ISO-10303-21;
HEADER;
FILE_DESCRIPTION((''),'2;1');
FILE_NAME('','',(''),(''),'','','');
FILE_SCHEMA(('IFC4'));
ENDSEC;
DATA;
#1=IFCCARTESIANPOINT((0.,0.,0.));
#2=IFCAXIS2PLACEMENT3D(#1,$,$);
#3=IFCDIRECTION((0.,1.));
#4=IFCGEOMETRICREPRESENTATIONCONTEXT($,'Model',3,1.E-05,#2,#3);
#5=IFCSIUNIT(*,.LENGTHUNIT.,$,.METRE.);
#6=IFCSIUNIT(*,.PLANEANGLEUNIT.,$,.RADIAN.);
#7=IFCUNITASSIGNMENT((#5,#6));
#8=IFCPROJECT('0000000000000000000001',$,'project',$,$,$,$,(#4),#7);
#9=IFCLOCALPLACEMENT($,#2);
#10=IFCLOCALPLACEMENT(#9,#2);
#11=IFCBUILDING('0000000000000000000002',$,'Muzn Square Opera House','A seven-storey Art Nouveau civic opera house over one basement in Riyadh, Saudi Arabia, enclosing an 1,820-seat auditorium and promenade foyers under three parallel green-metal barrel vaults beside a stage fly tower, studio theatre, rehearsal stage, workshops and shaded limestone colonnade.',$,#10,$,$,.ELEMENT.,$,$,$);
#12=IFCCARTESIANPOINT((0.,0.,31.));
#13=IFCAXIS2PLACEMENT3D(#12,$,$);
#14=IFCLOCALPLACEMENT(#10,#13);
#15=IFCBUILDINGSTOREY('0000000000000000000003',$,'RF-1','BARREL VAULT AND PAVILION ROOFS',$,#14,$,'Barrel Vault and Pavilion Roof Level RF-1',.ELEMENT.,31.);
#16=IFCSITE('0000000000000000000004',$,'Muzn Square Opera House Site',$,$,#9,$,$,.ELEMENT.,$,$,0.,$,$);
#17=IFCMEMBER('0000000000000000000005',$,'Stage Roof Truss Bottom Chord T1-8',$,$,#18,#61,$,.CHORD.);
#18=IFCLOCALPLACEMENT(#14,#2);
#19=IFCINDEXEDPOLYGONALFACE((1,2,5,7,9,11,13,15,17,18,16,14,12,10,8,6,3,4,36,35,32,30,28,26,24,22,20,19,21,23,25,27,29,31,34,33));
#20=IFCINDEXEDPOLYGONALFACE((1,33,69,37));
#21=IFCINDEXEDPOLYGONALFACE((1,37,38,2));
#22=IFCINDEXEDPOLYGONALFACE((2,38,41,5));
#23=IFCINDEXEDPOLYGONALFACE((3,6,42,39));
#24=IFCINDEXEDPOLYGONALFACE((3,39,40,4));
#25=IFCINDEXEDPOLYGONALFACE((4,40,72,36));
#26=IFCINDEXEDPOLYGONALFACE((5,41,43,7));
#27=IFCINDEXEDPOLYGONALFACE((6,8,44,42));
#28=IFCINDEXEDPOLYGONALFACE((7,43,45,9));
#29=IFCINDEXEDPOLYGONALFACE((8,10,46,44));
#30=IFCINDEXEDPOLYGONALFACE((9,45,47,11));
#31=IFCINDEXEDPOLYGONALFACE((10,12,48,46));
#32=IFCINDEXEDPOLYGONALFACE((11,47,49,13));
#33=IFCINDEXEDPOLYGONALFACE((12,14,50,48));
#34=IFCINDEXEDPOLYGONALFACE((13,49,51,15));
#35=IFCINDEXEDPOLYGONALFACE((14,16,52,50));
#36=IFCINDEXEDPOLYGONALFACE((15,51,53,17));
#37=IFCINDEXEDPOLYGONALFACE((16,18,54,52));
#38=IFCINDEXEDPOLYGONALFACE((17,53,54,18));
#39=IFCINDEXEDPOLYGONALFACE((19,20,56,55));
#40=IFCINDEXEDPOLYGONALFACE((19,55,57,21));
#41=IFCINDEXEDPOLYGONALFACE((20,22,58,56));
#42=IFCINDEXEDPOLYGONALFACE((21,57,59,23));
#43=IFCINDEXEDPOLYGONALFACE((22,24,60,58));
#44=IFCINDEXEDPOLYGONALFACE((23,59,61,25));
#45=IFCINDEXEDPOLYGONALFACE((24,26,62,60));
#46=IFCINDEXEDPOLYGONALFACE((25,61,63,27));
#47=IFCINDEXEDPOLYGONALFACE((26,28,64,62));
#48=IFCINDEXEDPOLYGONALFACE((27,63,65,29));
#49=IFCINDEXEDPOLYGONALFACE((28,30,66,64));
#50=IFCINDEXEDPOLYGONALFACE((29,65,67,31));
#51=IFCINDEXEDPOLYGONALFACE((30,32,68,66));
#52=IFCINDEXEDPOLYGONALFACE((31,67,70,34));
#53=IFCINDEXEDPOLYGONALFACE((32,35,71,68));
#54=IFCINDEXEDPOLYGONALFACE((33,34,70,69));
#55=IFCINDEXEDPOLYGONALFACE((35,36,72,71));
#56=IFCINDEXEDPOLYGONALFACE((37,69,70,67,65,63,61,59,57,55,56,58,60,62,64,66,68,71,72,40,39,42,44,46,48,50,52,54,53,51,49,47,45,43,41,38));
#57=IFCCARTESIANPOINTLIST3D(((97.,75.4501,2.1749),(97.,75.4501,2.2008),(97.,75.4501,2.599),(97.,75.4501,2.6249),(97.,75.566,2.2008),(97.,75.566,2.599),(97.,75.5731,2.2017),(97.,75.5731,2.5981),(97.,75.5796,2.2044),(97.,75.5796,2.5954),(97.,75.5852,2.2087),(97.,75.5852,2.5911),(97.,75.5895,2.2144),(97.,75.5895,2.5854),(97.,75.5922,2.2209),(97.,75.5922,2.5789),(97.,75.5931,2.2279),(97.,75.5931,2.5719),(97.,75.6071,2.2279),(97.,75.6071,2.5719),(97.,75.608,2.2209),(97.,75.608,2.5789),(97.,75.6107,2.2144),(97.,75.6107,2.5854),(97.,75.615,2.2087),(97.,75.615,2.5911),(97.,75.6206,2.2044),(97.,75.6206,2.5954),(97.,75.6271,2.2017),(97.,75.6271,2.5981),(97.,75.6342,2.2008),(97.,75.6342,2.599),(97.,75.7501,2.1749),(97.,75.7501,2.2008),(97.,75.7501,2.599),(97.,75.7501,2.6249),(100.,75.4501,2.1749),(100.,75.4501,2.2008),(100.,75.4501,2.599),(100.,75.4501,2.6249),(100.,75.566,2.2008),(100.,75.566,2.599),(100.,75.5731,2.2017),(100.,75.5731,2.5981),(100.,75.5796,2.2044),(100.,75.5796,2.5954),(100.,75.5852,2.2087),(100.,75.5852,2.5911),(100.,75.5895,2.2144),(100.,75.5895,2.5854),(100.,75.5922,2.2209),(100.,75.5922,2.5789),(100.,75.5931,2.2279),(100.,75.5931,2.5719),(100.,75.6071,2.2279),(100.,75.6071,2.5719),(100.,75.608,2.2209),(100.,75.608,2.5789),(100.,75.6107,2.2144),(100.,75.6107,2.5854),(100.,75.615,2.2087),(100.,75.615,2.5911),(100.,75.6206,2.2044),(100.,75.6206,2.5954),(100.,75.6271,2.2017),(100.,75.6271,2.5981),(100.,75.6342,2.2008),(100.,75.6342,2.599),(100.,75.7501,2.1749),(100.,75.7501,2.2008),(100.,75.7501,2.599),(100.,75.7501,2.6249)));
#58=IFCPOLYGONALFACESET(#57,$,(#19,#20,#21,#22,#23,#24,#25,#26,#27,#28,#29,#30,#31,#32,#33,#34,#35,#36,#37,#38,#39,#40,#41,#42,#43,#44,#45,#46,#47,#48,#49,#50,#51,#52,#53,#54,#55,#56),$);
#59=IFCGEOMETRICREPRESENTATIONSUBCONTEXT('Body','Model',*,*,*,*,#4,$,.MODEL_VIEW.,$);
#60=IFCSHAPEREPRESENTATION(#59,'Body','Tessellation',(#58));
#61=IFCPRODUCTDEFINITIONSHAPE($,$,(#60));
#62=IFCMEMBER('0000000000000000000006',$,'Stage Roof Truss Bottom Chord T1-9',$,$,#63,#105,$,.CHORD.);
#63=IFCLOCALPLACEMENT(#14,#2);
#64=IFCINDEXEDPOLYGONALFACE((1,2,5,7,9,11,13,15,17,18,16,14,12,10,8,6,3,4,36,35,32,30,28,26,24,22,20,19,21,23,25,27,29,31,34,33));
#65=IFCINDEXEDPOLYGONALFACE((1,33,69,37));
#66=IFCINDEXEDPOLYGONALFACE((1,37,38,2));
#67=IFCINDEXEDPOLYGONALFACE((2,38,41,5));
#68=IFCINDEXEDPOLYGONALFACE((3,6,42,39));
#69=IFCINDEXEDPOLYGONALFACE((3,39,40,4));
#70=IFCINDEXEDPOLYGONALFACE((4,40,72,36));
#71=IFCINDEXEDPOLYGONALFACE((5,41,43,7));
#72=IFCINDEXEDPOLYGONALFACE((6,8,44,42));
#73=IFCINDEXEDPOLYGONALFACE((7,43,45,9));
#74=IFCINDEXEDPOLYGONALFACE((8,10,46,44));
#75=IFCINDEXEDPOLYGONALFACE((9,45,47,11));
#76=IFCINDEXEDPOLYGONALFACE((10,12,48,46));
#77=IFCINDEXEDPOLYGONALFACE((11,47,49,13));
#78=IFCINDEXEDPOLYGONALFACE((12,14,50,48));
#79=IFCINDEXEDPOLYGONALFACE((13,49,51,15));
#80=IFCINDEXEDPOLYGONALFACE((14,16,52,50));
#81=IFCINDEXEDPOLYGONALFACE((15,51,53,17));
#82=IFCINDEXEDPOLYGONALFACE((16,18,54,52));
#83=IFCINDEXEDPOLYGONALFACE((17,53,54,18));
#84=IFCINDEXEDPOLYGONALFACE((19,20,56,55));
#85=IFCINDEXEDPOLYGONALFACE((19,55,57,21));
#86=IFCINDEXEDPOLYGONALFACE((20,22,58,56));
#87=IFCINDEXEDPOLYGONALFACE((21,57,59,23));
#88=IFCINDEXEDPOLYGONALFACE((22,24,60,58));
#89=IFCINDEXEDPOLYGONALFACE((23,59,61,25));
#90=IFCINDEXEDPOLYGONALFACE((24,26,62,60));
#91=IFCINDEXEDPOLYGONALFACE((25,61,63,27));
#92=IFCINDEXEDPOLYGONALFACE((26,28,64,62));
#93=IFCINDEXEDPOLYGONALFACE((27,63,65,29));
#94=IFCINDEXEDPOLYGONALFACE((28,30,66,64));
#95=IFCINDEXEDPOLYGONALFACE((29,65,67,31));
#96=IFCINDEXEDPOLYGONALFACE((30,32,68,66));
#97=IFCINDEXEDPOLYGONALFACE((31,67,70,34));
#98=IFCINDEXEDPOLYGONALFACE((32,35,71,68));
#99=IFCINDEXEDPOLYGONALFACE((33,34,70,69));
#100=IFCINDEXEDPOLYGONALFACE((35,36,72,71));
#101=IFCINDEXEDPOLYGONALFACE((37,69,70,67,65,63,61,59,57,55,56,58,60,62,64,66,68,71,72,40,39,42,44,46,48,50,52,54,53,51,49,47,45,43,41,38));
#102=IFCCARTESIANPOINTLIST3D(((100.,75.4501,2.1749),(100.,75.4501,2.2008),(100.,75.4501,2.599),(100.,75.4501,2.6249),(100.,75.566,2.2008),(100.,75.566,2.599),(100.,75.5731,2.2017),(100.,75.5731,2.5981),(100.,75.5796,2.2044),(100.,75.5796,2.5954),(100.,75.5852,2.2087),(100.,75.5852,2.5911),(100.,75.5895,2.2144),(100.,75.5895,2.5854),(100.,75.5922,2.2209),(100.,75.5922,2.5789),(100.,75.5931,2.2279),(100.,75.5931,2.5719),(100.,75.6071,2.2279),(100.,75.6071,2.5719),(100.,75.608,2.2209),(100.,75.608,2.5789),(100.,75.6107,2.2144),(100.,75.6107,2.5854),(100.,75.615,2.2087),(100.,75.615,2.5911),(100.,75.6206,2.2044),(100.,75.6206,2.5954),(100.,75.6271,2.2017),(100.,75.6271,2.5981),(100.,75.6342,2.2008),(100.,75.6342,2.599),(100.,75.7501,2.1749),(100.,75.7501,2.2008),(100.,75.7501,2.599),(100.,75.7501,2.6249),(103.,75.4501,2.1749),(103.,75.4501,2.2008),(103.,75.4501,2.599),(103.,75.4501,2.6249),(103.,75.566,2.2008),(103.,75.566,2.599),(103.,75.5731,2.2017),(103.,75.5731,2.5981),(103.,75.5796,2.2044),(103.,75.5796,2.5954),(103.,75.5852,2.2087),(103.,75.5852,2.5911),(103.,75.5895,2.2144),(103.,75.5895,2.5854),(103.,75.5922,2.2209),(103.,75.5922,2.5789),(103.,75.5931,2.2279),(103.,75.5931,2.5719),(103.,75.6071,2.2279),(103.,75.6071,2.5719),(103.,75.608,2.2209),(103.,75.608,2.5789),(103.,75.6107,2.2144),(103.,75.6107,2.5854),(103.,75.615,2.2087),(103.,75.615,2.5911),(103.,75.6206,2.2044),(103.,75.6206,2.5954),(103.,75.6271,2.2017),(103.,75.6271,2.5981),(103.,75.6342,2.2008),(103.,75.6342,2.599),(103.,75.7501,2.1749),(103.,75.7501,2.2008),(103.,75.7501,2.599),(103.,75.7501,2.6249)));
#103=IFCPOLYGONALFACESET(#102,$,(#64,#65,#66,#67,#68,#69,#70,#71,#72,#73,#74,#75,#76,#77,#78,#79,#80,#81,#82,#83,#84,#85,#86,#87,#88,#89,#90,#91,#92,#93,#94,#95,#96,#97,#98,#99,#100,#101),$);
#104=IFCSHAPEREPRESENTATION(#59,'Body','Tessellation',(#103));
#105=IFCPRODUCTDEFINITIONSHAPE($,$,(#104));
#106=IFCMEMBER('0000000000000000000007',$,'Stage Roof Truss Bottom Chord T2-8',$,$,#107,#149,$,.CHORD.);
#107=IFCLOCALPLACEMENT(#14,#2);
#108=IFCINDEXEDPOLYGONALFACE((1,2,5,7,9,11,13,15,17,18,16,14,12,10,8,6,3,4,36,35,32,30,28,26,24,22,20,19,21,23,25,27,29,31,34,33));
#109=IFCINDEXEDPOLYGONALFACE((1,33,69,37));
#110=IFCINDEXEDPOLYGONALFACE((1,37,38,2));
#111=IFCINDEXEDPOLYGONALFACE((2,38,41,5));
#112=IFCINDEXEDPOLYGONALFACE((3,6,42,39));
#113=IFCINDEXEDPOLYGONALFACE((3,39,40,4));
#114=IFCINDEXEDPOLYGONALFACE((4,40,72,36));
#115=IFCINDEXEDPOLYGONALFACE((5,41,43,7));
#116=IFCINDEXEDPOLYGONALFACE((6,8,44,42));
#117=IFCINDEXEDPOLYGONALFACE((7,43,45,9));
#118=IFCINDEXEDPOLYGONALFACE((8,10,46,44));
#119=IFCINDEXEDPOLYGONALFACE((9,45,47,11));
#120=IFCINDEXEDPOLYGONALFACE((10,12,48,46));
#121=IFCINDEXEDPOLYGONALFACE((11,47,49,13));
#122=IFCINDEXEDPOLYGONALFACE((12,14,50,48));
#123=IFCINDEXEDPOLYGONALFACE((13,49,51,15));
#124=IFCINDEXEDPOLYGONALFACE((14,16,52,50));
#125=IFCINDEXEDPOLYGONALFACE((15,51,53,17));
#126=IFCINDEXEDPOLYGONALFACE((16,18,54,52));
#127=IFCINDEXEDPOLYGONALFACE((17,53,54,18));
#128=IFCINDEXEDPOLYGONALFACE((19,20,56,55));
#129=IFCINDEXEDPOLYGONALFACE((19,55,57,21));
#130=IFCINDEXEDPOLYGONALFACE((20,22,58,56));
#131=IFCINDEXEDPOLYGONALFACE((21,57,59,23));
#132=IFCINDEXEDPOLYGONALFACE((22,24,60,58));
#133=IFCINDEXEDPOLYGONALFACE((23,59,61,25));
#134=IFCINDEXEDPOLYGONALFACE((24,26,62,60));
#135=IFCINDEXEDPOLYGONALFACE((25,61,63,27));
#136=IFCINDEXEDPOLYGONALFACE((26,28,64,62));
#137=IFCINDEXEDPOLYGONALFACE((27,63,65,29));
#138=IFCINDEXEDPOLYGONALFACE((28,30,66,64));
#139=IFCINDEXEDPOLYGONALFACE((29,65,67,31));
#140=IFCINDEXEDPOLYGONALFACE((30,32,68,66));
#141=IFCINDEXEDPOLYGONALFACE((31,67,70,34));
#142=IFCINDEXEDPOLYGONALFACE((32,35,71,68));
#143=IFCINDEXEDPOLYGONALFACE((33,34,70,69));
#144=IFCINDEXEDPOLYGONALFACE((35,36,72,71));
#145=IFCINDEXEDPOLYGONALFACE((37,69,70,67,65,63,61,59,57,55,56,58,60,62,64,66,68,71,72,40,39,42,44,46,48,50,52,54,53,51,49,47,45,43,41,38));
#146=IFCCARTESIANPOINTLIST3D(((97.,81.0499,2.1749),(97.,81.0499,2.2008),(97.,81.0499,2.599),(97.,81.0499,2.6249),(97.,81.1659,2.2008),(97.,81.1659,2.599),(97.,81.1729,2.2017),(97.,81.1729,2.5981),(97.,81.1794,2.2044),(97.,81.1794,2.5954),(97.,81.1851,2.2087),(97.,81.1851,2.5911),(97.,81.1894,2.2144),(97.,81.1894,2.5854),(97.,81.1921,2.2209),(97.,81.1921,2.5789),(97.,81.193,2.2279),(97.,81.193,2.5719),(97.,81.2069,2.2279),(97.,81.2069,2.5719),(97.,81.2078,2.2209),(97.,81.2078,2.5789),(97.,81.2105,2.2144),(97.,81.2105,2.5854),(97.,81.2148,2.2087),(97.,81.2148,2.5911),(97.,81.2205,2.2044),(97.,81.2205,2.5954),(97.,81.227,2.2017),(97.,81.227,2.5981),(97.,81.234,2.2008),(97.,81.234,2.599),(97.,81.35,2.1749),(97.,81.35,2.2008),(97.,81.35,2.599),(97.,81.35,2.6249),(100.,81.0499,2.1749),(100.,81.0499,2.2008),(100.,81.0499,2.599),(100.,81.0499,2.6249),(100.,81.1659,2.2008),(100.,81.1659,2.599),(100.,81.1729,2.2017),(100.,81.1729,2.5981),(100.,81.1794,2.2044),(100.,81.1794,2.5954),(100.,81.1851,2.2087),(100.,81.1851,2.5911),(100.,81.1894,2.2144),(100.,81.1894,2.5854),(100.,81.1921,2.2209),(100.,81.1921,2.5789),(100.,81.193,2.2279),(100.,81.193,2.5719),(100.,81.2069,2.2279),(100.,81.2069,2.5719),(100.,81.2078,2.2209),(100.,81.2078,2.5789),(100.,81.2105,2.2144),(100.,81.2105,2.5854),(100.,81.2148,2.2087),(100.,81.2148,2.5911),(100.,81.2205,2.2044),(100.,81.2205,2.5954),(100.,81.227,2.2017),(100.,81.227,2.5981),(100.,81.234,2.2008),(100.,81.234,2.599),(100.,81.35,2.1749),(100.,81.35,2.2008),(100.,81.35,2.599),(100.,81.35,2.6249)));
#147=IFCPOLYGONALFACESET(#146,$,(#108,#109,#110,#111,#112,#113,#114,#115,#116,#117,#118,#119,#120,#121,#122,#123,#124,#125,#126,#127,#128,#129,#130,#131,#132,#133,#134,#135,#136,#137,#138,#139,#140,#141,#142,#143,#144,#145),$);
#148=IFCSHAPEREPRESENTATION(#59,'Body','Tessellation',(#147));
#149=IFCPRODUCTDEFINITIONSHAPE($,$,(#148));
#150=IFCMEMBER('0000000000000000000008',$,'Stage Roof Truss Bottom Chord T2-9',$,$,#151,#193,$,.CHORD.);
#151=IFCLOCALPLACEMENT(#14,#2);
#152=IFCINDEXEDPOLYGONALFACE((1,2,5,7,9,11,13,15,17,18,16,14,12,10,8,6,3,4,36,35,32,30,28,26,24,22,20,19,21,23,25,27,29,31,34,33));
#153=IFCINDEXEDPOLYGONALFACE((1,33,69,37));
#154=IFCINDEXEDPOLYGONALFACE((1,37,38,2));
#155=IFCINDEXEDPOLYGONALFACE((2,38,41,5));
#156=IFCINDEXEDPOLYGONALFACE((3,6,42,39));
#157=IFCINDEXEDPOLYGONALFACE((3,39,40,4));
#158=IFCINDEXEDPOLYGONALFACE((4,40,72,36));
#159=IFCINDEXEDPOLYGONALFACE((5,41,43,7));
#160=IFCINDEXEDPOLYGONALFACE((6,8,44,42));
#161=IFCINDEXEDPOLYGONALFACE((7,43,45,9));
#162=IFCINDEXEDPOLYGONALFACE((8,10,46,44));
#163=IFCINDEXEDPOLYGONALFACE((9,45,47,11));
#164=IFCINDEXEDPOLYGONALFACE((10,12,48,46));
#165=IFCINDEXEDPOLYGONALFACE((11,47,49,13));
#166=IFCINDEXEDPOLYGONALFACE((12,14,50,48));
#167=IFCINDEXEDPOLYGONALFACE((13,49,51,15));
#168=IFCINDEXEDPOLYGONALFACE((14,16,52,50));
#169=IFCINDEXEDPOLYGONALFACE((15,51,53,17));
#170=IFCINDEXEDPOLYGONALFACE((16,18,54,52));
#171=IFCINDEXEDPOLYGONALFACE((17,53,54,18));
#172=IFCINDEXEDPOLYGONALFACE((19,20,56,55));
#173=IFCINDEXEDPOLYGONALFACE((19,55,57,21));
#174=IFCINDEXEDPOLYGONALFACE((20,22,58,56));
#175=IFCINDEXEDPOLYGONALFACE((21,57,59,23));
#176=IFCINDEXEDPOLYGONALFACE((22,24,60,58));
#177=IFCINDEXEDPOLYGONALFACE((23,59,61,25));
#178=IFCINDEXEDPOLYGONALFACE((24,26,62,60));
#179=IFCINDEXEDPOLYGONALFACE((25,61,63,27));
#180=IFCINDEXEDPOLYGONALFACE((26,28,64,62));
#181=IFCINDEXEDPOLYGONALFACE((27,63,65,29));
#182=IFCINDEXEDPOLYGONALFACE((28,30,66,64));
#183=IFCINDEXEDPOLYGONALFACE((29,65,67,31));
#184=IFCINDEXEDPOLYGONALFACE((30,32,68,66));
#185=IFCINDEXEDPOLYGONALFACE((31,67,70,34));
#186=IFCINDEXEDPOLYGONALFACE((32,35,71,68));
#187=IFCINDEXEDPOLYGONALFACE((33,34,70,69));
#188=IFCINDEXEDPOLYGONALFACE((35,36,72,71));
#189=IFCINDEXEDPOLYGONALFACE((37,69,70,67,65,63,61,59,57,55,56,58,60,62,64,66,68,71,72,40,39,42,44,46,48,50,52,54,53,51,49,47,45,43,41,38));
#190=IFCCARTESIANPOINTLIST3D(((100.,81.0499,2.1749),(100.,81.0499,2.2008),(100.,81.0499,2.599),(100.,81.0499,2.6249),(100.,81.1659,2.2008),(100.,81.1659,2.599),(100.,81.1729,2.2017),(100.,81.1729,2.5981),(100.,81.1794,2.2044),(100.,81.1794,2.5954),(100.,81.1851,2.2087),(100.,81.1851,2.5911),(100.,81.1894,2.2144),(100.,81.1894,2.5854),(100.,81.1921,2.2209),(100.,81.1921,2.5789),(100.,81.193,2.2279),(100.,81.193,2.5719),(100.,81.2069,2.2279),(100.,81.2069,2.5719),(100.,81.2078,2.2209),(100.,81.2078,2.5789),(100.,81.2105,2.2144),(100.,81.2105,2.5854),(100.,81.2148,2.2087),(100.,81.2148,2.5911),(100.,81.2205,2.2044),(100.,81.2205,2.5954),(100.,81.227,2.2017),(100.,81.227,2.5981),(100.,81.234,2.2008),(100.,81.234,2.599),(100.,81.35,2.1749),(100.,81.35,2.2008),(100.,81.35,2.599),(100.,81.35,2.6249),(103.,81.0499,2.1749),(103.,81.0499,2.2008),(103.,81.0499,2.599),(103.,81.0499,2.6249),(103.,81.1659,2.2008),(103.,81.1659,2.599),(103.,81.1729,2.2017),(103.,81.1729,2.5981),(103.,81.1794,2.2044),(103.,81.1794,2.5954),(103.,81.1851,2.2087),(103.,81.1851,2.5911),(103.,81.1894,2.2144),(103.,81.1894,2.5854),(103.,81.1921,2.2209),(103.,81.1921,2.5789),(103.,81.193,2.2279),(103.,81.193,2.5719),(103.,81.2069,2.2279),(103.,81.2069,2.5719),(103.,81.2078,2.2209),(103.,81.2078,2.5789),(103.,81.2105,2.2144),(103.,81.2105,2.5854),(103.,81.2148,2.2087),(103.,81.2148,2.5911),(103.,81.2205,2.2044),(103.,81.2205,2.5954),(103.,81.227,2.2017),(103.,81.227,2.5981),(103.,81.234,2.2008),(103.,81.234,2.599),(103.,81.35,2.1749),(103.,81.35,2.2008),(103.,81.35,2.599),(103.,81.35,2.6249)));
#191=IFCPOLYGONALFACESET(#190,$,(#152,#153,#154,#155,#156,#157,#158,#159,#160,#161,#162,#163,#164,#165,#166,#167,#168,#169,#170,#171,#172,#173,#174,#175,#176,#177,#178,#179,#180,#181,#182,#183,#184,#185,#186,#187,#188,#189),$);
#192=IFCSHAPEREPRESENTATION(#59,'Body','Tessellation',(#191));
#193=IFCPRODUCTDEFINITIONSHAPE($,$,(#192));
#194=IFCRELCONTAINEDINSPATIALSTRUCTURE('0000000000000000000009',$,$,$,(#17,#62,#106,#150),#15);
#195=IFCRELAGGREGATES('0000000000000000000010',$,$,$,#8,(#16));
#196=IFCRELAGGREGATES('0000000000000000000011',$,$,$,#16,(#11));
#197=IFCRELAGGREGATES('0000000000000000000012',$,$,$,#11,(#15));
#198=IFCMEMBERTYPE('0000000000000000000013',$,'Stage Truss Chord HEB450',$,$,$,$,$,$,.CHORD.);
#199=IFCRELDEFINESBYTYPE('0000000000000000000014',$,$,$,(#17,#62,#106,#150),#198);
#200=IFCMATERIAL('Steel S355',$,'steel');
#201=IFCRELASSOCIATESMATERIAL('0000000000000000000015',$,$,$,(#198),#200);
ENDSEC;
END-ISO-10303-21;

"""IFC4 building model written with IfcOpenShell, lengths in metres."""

from ifc_helpers import new_model, si_unit, direction, frame, origin, origin_2d, place, context, subcontext, project, spatial, i_section, extrude, material, material_profile, profile_set, type_object, element, save


model = new_model("IFC4")

# Units and contexts
model_context = context("Model", 3, precision=1e-05, world=origin(), true_north=direction((0.0, 1.0)))
body_context = subcontext(model_context, "Body", "Model", "MODEL_VIEW")
ifc_project = project(units=[si_unit("LENGTHUNIT", "METRE"), si_unit("PLANEANGLEUNIT", "RADIAN")], contexts=[model_context])

# Site, building, storey
site_placement = place(None, origin())
site = spatial("IfcSite", under=ifc_project, at=site_placement, Name="Muzn Square Opera House Site", CompositionType="ELEMENT", RefElevation=0.0)
building_placement = place(site_placement, origin())
building = spatial("IfcBuilding", under=site, at=building_placement, Name="Muzn Square Opera House", Description="A seven-storey Art Nouveau civic opera house over one basement in Riyadh, Saudi Arabia, enclosing an 1,820-seat auditorium and promenade foyers under three parallel green-metal barrel vaults beside a stage fly tower, studio theatre, rehearsal stage, workshops and shaded limestone colonnade.", CompositionType="ELEMENT")
storey_placement = place(building_placement, frame((0.0, 0.0, 31.0)))
storey = spatial("IfcBuildingStorey", under=building, at=storey_placement, Name="RF-1", Description="BARREL VAULT AND PAVILION ROOFS", LongName="Barrel Vault and Pavilion Roof Level RF-1", CompositionType="ELEMENT", Elevation=31.0)

# Shared definitions
ifc_material_1 = material(Name="Steel S355", Category="steel")

# Members
ifc_material_profile_1 = material_profile(ifc_material_1, i_section(OverallWidth=0.3, OverallDepth=0.45, WebThickness=0.0139, FlangeThickness=0.0259, FilletRadius=0.0271, at=origin_2d()), Name="HEB 450", Category="steel")
ifc_profile_set_1 = profile_set([ifc_material_profile_1], Name="Steel S355")
member_type = type_object("IfcMemberType", Name="Stage Truss Chord HEB450", PredefinedType="CHORD", material=ifc_profile_set_1)
for number, where, z_axis, x_axis, name in (
    (1, (97.0, 75.6001, 2.3999), (1.0, 0.0, 0.0), (0.0, 1.0, 0.0), "Stage Roof Truss Bottom Chord T1-8"),
    (2, (100.0, 75.6001, 2.3999), (1.0, 0.0, 0.0), (0.0, 1.0, 0.0), "Stage Roof Truss Bottom Chord T1-9"),
    (3, (97.0, 81.2, 2.3999), (1.0, 0.0, 0.0), (0.0, 1.0, 0.0), "Stage Roof Truss Bottom Chord T2-8"),
    (4, (100.0, 81.2, 2.3999), (1.0, 0.0, 0.0), (0.0, 1.0, 0.0), "Stage Roof Truss Bottom Chord T2-9"),
):
    element("IfcMember", number, at=place(storey_placement, frame(where, z_axis=z_axis, x_axis=x_axis)), inside=storey, type_object=member_type, Name=name, PredefinedType="CHORD", context=body_context, shape_type="SweptSolid", body=[
        extrude(i_section(OverallWidth=0.3, OverallDepth=0.45, WebThickness=0.0139, FlangeThickness=0.0259, FilletRadius=0.0271, at=origin_2d()), origin(), (0.0, 0.0, 1.0), 3.0),
    ])

save(model, "model.ifc")
